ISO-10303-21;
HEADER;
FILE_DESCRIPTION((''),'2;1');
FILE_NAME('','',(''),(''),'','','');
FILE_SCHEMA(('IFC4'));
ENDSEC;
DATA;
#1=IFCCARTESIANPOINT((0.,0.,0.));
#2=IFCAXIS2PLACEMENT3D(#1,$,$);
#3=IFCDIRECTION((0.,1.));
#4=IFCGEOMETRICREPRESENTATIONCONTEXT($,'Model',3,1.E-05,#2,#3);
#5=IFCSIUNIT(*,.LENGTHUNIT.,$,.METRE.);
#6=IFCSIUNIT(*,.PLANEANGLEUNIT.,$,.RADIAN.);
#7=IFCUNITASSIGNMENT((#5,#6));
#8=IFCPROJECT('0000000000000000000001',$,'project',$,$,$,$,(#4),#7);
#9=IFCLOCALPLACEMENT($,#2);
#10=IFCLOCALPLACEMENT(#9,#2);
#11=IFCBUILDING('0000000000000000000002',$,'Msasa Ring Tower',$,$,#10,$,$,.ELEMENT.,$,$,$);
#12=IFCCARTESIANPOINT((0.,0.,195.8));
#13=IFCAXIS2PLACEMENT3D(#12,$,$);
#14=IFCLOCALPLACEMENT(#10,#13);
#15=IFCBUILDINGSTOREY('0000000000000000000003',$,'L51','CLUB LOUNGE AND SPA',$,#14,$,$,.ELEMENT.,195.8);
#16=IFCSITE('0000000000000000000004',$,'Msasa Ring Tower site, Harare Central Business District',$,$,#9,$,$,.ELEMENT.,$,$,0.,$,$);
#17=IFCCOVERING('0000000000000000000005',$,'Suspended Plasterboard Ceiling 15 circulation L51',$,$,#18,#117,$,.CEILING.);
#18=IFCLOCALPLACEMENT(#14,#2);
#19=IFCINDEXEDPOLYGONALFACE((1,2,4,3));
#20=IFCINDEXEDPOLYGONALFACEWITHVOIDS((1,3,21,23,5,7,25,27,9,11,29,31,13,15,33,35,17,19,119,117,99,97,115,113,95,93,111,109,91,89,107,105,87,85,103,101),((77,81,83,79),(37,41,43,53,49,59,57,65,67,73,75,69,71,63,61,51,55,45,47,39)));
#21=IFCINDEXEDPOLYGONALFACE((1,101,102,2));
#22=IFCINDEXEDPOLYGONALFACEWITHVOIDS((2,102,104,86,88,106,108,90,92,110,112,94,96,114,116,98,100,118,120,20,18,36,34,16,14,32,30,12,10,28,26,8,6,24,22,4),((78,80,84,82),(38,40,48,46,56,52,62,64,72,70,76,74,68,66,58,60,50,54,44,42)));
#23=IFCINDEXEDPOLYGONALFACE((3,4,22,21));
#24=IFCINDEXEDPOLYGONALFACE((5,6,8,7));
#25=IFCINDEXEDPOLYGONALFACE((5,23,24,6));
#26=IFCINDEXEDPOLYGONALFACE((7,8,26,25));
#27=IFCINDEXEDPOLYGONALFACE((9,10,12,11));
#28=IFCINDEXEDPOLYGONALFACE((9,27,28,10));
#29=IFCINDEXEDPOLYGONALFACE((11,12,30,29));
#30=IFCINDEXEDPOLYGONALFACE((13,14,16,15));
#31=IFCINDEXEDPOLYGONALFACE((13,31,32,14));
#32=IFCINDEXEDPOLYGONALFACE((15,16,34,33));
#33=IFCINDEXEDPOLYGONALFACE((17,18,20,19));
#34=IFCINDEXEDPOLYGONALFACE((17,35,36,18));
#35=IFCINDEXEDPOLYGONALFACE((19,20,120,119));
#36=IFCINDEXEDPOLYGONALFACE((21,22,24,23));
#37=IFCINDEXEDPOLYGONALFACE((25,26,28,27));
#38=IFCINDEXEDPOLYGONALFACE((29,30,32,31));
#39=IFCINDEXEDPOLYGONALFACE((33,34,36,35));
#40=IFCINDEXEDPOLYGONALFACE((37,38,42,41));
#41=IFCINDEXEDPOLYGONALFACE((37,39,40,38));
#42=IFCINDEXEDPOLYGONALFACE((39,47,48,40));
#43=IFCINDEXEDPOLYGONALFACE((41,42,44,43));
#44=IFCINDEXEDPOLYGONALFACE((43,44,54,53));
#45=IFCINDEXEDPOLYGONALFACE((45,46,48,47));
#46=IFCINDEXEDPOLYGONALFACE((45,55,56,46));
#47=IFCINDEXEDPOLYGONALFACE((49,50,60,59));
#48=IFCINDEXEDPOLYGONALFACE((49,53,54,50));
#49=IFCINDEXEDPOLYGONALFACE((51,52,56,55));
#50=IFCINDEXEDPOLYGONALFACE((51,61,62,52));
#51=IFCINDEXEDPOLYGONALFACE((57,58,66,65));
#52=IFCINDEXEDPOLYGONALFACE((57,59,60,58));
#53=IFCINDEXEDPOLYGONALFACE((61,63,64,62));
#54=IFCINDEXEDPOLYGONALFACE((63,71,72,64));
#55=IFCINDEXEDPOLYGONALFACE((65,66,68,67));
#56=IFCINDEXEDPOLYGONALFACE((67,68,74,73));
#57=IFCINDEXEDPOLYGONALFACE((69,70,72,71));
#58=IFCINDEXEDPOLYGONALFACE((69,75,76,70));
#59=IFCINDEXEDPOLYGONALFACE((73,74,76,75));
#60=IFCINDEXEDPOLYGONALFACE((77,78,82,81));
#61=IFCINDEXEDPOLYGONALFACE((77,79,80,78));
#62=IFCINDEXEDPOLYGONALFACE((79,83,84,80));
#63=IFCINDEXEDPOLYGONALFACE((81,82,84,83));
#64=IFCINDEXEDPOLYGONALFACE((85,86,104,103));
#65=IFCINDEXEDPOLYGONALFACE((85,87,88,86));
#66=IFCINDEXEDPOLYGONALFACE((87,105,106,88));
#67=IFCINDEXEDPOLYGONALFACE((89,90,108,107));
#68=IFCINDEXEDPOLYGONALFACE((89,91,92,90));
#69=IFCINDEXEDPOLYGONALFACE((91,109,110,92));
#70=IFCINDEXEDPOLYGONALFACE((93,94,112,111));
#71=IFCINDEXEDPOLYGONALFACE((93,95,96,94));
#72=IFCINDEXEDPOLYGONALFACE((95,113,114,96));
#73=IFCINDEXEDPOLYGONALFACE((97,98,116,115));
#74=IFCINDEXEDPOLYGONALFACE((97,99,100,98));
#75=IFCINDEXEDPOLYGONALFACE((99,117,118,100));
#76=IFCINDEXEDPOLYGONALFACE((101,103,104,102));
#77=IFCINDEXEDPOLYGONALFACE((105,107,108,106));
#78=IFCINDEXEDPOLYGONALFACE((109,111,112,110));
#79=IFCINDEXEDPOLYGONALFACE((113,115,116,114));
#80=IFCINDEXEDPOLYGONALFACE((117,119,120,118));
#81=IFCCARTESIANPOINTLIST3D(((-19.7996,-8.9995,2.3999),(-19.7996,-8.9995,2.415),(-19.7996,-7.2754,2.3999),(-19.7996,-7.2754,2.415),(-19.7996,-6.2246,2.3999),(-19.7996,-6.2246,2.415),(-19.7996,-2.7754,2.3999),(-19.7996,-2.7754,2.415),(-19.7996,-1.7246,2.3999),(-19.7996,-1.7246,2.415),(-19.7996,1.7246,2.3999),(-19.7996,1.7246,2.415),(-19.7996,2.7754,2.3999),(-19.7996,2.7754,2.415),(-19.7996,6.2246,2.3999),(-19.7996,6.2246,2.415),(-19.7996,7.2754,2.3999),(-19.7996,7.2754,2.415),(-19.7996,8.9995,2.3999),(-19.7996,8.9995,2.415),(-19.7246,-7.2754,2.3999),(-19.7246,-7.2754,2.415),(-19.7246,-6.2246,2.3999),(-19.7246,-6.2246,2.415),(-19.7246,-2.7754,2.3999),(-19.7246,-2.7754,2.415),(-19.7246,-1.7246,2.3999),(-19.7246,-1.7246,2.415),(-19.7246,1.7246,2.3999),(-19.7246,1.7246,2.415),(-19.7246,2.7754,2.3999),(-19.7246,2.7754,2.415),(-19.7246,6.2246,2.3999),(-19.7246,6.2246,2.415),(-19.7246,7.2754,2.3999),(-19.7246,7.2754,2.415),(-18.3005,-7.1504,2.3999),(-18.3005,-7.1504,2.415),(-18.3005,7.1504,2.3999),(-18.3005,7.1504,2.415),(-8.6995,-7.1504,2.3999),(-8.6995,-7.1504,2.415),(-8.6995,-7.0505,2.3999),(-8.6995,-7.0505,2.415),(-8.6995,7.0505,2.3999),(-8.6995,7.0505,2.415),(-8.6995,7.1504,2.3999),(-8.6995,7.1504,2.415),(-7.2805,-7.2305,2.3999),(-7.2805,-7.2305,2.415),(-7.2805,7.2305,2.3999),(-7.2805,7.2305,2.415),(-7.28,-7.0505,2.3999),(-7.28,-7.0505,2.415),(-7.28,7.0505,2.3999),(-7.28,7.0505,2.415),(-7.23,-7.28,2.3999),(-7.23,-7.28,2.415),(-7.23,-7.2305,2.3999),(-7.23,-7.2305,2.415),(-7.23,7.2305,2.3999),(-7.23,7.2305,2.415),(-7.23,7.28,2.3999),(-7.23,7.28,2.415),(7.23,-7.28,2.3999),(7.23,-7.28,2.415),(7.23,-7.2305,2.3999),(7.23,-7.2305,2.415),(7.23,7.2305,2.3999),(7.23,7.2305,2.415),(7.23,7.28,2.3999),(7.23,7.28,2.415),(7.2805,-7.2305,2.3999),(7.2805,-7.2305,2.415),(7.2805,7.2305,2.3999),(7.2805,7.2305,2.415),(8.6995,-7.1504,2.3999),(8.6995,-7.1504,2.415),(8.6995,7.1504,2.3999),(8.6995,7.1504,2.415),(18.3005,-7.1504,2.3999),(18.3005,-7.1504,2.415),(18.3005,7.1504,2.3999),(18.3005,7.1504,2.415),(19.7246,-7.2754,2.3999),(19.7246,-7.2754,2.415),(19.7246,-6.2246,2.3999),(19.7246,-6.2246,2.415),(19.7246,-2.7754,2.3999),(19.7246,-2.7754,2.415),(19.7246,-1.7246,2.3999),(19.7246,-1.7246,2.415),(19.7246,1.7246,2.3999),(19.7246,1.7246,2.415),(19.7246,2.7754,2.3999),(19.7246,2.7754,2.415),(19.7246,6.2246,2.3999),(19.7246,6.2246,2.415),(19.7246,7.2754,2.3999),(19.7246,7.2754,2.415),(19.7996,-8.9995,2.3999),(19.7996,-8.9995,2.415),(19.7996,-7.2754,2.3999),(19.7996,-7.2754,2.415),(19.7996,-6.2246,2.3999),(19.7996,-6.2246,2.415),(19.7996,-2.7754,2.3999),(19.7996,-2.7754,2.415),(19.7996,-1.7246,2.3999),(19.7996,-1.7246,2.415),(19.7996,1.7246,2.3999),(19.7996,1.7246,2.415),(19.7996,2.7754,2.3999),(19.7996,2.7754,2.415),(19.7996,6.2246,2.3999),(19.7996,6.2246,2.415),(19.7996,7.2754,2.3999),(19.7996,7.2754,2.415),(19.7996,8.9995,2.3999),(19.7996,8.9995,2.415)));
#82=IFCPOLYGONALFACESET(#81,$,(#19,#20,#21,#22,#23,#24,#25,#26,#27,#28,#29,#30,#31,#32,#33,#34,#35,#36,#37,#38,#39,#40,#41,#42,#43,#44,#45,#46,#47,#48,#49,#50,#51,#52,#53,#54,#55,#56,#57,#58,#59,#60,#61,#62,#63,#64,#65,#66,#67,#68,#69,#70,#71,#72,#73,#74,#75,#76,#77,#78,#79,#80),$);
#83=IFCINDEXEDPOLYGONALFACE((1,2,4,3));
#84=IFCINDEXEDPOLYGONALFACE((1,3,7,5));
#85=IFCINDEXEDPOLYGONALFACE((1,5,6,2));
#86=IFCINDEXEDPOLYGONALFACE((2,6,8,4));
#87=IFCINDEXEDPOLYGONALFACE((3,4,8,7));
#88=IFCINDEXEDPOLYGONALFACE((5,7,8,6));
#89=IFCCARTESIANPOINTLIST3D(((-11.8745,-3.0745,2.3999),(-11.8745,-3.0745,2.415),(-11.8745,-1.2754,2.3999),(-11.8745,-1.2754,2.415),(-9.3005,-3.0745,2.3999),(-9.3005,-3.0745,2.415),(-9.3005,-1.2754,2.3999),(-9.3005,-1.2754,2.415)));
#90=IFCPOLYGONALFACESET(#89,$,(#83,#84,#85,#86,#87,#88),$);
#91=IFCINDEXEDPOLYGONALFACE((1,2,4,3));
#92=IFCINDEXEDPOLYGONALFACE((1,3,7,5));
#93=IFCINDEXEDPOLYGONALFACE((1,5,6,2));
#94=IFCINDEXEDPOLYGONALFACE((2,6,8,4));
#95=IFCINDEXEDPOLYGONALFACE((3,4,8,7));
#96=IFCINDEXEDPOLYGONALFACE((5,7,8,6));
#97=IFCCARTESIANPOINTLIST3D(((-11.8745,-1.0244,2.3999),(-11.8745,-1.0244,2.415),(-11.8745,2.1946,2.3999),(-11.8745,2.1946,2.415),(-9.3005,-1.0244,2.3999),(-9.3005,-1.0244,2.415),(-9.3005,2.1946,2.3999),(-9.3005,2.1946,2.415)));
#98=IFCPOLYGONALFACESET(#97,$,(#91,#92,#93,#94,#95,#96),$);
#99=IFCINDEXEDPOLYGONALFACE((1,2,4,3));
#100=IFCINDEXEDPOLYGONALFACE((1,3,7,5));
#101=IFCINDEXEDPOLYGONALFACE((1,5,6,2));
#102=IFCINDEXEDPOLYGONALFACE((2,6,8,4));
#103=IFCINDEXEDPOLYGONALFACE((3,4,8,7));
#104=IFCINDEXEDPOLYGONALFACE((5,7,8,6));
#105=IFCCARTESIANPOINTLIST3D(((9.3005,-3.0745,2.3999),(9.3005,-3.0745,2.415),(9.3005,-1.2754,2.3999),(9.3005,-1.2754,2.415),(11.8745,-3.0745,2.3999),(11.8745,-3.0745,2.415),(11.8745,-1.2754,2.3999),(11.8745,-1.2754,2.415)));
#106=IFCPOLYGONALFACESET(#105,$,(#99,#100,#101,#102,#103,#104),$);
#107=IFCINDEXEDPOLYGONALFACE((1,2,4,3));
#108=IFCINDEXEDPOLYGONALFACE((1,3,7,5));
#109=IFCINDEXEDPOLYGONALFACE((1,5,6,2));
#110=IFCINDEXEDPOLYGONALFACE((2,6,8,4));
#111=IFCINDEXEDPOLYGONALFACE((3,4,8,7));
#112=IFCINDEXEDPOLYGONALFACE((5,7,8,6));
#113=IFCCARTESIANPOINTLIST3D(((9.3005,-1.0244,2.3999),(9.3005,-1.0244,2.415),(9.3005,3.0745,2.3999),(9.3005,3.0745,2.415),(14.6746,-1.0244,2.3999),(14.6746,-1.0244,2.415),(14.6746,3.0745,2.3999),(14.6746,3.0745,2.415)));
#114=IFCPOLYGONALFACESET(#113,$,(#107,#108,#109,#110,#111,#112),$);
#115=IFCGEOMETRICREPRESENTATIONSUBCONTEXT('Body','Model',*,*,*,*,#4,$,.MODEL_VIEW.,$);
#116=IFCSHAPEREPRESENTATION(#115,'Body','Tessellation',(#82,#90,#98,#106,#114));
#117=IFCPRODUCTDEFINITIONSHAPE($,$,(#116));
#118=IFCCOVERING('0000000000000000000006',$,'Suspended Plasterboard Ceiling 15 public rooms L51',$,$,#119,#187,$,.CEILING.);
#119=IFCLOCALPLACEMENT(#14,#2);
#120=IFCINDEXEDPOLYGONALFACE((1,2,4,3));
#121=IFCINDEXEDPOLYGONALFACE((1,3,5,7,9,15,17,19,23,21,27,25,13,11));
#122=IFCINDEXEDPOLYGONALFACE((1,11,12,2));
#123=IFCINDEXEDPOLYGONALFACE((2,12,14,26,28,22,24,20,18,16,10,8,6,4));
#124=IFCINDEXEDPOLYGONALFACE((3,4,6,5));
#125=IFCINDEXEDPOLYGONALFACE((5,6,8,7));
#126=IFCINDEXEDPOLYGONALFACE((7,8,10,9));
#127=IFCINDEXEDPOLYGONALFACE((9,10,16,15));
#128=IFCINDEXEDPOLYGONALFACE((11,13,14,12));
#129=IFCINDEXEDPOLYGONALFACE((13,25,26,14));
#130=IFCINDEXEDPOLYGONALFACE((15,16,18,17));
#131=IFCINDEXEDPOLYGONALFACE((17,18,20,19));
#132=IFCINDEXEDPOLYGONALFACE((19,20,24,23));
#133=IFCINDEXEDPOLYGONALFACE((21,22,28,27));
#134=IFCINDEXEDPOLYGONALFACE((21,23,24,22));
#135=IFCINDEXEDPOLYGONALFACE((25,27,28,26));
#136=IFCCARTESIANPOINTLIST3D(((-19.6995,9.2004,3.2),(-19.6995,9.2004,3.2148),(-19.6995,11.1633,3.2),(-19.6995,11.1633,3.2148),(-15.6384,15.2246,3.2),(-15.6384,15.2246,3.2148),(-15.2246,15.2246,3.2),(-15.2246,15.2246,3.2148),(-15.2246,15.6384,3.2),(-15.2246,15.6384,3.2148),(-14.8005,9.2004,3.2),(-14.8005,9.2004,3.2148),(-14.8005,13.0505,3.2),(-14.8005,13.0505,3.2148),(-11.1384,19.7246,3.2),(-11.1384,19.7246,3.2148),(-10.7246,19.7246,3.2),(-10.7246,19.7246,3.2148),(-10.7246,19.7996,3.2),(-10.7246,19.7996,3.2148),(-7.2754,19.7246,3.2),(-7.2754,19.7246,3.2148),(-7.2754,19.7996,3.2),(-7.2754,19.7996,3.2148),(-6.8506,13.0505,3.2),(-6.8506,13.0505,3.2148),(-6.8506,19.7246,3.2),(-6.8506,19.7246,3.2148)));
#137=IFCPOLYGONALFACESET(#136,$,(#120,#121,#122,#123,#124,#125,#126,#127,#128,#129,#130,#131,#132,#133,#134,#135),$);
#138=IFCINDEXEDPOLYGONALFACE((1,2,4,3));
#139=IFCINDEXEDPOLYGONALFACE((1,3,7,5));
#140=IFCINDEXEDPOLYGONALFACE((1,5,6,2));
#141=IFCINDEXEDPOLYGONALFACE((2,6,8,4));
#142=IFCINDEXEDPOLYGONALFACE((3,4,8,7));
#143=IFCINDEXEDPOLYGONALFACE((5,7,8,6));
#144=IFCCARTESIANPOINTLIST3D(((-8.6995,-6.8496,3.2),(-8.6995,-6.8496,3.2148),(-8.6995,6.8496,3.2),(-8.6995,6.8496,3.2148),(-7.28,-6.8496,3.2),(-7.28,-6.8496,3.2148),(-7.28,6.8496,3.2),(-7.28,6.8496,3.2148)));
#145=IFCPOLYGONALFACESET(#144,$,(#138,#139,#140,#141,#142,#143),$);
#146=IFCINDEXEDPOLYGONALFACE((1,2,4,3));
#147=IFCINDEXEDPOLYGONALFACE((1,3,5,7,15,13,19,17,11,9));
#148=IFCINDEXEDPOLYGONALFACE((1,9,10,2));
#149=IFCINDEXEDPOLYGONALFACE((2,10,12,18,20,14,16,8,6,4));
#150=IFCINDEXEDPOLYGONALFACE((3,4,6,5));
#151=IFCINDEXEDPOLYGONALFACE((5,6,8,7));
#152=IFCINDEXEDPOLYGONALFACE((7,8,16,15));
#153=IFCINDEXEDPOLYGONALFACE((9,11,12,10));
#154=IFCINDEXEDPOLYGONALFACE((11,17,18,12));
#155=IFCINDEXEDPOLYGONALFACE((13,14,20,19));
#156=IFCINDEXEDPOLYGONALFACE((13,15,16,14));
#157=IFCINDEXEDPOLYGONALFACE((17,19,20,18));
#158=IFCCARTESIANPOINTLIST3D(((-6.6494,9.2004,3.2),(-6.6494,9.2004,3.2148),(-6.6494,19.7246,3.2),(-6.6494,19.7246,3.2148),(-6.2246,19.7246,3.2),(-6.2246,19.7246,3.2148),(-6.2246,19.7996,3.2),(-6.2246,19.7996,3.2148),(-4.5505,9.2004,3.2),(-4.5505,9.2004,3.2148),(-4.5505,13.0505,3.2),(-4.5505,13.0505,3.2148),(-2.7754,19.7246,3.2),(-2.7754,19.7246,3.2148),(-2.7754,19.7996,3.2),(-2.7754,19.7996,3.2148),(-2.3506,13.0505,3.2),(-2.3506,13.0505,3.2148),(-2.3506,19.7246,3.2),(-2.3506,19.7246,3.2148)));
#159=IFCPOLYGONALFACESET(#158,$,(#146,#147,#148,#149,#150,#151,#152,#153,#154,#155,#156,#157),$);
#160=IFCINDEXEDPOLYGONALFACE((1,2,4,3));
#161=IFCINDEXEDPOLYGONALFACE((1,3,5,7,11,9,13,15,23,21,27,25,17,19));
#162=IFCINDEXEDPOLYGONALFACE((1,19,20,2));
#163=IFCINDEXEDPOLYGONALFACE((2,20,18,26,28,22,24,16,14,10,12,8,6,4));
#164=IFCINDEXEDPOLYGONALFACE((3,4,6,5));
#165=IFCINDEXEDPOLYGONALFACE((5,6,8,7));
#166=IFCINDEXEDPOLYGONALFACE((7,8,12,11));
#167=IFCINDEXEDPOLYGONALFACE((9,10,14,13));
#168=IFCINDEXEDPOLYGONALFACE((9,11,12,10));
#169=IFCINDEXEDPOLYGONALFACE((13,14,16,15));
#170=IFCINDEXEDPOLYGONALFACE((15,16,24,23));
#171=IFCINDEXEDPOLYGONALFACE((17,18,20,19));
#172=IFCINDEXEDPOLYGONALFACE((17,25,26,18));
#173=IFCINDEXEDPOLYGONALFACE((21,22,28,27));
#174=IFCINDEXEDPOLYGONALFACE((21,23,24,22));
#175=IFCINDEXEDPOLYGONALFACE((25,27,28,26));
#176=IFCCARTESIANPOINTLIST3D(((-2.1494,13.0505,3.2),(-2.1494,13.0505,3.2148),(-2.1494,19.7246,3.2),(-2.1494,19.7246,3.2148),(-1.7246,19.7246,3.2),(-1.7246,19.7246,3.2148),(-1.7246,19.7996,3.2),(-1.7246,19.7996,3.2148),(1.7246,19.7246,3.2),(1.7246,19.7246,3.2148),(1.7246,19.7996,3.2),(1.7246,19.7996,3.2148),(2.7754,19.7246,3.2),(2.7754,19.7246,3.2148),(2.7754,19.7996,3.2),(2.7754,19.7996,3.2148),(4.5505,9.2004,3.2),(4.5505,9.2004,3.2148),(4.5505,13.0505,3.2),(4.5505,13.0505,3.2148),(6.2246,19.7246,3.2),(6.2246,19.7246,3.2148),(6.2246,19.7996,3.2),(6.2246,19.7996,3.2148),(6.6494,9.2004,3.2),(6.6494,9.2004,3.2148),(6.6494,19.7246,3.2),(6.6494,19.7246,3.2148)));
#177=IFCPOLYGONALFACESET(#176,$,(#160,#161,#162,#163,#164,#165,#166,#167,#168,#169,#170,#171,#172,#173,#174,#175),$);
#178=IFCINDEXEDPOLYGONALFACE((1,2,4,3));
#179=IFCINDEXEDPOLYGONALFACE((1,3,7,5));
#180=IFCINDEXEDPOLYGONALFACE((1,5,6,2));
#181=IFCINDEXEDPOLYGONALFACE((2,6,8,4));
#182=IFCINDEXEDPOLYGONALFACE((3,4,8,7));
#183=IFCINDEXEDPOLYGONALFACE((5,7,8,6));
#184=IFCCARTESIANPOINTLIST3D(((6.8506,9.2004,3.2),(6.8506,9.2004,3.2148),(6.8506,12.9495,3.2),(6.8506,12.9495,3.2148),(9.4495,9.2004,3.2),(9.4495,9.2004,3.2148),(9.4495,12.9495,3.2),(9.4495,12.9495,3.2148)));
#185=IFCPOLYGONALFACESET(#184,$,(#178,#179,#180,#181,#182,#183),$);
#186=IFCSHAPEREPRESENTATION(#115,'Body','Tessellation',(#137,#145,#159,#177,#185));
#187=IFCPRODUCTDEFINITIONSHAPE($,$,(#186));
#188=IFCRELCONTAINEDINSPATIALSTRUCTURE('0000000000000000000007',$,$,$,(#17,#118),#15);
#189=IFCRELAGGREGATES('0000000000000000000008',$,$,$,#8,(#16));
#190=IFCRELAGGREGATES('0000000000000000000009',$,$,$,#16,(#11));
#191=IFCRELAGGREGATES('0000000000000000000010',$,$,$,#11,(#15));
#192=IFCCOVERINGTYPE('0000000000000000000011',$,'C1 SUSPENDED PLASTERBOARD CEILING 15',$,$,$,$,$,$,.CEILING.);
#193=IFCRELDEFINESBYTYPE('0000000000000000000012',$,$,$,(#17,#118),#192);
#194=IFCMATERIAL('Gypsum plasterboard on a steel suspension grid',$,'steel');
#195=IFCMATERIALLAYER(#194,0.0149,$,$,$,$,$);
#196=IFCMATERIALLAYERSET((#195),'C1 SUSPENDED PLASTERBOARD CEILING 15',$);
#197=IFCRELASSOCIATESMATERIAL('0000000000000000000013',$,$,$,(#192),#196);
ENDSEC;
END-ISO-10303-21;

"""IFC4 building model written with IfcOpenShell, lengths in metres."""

from ifc_helpers import new_model, si_unit, direction, frame, origin, place, context, subcontext, project, spatial, line, indexed_curve, outline, extrude, material, layer, layer_set, type_object, element, save


model = new_model("IFC4")

# Units and contexts
model_context = context("Model", 3, precision=1e-05, world=origin(), true_north=direction((0.0, 1.0)))
body_context = subcontext(model_context, "Body", "Model", "MODEL_VIEW")
ifc_project = project(units=[si_unit("LENGTHUNIT", "METRE"), si_unit("PLANEANGLEUNIT", "RADIAN")], contexts=[model_context])

# Site, building, storey
site_placement = place(None, origin())
site = spatial("IfcSite", under=ifc_project, at=site_placement, Name="Msasa Ring Tower site, Harare Central Business District", CompositionType="ELEMENT", RefElevation=0.0)
building_placement = place(site_placement, origin())
building = spatial("IfcBuilding", under=site, at=building_placement, Name="Msasa Ring Tower", CompositionType="ELEMENT")
storey_placement = place(building_placement, frame((0.0, 0.0, 195.8)))
storey = spatial("IfcBuildingStorey", under=building, at=storey_placement, Name="L51", Description="CLUB LOUNGE AND SPA", CompositionType="ELEMENT", Elevation=195.8)

# Coverings
ifc_material_1 = material(Name="Gypsum plasterboard on a steel suspension grid", Category="steel")
ifc_layer_1 = layer(ifc_material_1, 0.0149)
ifc_layer_set_1 = layer_set([ifc_layer_1], Name="C1 SUSPENDED PLASTERBOARD CEILING 15")
covering_type_1 = type_object("IfcCoveringType", Name="C1 SUSPENDED PLASTERBOARD CEILING 15", PredefinedType="CEILING", material=ifc_layer_set_1)
covering_1_placement = place(storey_placement, frame((0.0, 0.0, 2.3999)))
element("IfcCovering", 1, at=covering_1_placement, inside=storey, type_object=covering_type_1, Name="Suspended Plasterboard Ceiling 15 circulation L51", PredefinedType="CEILING", context=body_context, shape_type="SweptSolid", body=[
    extrude(outline(indexed_curve([(19.7996, 7.2754), (19.7246, 7.2754), (19.7246, 6.2246), (19.7996, 6.2246), (19.7996, 2.7754), (19.7246, 2.7754), (19.7246, 1.7246), (19.7996, 1.7246), (19.7996, -1.7246), (19.7246, -1.7246), (19.7246, -2.7754), (19.7996, -2.7754), (19.7996, -6.2246), (19.7246, -6.2246), (19.7246, -7.2754), (19.7996, -7.2754), (19.7996, -8.9995), (-19.7996, -8.9995), (-19.7996, -7.2754), (-19.7246, -7.2754), (-19.7246, -6.2246), (-19.7996, -6.2246), (-19.7996, -2.7754), (-19.7246, -2.7754), (-19.7246, -1.7246), (-19.7996, -1.7246), (-19.7996, 1.7246), (-19.7246, 1.7246), (-19.7246, 2.7754), (-19.7996, 2.7754), (-19.7996, 6.2246), (-19.7246, 6.2246), (-19.7246, 7.2754), (-19.7996, 7.2754), (-19.7996, 8.9995), (19.7996, 8.9995)], segments=[line(1, 2, 3, 4, 5, 6, 7, 8, 9, 10, 11, 12, 13, 14, 15, 16, 17, 18, 19, 20, 21, 22, 23, 24, 25, 26, 27, 28, 29, 30, 31, 32, 33, 34, 35, 36, 1)], self_intersect=False), holes=[indexed_curve([(18.3005, -7.1504), (18.3005, 7.1504), (8.6995, 7.1504), (8.6995, -7.1504)], segments=[line(1, 2, 3, 4, 1)], self_intersect=False), indexed_curve([(-8.6995, 7.1504), (-18.3005, 7.1504), (-18.3005, -7.1504), (-8.6995, -7.1504), (-8.6995, -7.0505), (-7.28, -7.0505), (-7.2805, -7.2305), (-7.23, -7.2305), (-7.23, -7.28), (7.23, -7.28), (7.23, -7.2305), (7.2805, -7.2305), (7.2805, 7.2305), (7.23, 7.2305), (7.23, 7.28), (-7.23, 7.28), (-7.23, 7.2305), (-7.2805, 7.2305), (-7.28, 7.0505), (-8.6995, 7.0505)], segments=[line(1, 2, 3, 4, 5, 6, 7, 8, 9, 10, 11, 12, 13, 14, 15, 16, 17, 18, 19, 20, 1)], self_intersect=False)]), origin(), (0.0, 0.0, 1.0), 0.0151),
    extrude(outline(indexed_curve([(-9.3005, -3.0745), (-11.8745, -3.0745), (-11.8745, -1.2754), (-9.3005, -1.2754)], segments=[line(1, 2, 3, 4, 1)], self_intersect=False)), origin(), (0.0, 0.0, 1.0), 0.0151),
    extrude(outline(indexed_curve([(-11.8745, -1.0244), (-11.8745, 2.1946), (-9.3005, 2.1946), (-9.3005, -1.0244)], segments=[line(1, 2, 3, 4, 1)], self_intersect=False)), origin(), (0.0, 0.0, 1.0), 0.0151),
    extrude(outline(indexed_curve([(11.8745, -3.0745), (9.3005, -3.0745), (9.3005, -1.2754), (11.8745, -1.2754)], segments=[line(1, 2, 3, 4, 1)], self_intersect=False)), origin(), (0.0, 0.0, 1.0), 0.0151),
    extrude(outline(indexed_curve([(9.3005, -1.0244), (9.3005, 3.0745), (14.6746, 3.0745), (14.6746, -1.0244)], segments=[line(1, 2, 3, 4, 1)], self_intersect=False)), origin(), (0.0, 0.0, 1.0), 0.0151),
])
covering_2_placement = place(storey_placement, frame((0.0, 0.0, 3.2)))
element("IfcCovering", 2, at=covering_2_placement, inside=storey, type_object=covering_type_1, Name="Suspended Plasterboard Ceiling 15 public rooms L51", PredefinedType="CEILING", context=body_context, shape_type="SweptSolid", body=[
    extrude(outline(indexed_curve([(-14.8005, 13.0505), (-14.8005, 9.2004), (-19.6995, 9.2004), (-19.6995, 11.1633), (-15.6384, 15.2246), (-15.2246, 15.2246), (-15.2246, 15.6384), (-11.1384, 19.7246), (-10.7246, 19.7246), (-10.7246, 19.7996), (-7.2754, 19.7996), (-7.2754, 19.7246), (-6.8506, 19.7246), (-6.8506, 13.0505)], segments=[line(1, 2, 3, 4, 5, 6, 7, 8, 9, 10, 11, 12, 13, 14, 1)], self_intersect=False)), origin(), (0.0, 0.0, 1.0), 0.0149),
    extrude(outline(indexed_curve([(-8.6995, -6.8496), (-8.6995, 6.8496), (-7.28, 6.8496), (-7.28, -6.8496)], segments=[line(1, 2, 3, 4, 1)], self_intersect=False)), origin(), (0.0, 0.0, 1.0), 0.0149),
    extrude(outline(indexed_curve([(-4.5505, 13.0505), (-4.5505, 9.2004), (-6.6494, 9.2004), (-6.6494, 19.7246), (-6.2246, 19.7246), (-6.2246, 19.7996), (-2.7754, 19.7996), (-2.7754, 19.7246), (-2.3506, 19.7246), (-2.3506, 13.0505)], segments=[line(1, 2, 3, 4, 5, 6, 7, 8, 9, 10, 1)], self_intersect=False)), origin(), (0.0, 0.0, 1.0), 0.0149),
    extrude(outline(indexed_curve([(-2.1494, 19.7246), (-1.7246, 19.7246), (-1.7246, 19.7996), (1.7246, 19.7996), (1.7246, 19.7246), (2.7754, 19.7246), (2.7754, 19.7996), (6.2246, 19.7996), (6.2246, 19.7246), (6.6494, 19.7246), (6.6494, 9.2004), (4.5505, 9.2004), (4.5505, 13.0505), (-2.1494, 13.0505)], segments=[line(1, 2, 3, 4, 5, 6, 7, 8, 9, 10, 11, 12, 13, 14, 1)], self_intersect=False)), origin(), (0.0, 0.0, 1.0), 0.0149),
    extrude(outline(indexed_curve([(9.4495, 9.2004), (6.8506, 9.2004), (6.8506, 12.9495), (9.4495, 12.9495)], segments=[line(1, 2, 3, 4, 1)], self_intersect=False)), origin(), (0.0, 0.0, 1.0), 0.0149),
])

save(model, "model.ifc")
